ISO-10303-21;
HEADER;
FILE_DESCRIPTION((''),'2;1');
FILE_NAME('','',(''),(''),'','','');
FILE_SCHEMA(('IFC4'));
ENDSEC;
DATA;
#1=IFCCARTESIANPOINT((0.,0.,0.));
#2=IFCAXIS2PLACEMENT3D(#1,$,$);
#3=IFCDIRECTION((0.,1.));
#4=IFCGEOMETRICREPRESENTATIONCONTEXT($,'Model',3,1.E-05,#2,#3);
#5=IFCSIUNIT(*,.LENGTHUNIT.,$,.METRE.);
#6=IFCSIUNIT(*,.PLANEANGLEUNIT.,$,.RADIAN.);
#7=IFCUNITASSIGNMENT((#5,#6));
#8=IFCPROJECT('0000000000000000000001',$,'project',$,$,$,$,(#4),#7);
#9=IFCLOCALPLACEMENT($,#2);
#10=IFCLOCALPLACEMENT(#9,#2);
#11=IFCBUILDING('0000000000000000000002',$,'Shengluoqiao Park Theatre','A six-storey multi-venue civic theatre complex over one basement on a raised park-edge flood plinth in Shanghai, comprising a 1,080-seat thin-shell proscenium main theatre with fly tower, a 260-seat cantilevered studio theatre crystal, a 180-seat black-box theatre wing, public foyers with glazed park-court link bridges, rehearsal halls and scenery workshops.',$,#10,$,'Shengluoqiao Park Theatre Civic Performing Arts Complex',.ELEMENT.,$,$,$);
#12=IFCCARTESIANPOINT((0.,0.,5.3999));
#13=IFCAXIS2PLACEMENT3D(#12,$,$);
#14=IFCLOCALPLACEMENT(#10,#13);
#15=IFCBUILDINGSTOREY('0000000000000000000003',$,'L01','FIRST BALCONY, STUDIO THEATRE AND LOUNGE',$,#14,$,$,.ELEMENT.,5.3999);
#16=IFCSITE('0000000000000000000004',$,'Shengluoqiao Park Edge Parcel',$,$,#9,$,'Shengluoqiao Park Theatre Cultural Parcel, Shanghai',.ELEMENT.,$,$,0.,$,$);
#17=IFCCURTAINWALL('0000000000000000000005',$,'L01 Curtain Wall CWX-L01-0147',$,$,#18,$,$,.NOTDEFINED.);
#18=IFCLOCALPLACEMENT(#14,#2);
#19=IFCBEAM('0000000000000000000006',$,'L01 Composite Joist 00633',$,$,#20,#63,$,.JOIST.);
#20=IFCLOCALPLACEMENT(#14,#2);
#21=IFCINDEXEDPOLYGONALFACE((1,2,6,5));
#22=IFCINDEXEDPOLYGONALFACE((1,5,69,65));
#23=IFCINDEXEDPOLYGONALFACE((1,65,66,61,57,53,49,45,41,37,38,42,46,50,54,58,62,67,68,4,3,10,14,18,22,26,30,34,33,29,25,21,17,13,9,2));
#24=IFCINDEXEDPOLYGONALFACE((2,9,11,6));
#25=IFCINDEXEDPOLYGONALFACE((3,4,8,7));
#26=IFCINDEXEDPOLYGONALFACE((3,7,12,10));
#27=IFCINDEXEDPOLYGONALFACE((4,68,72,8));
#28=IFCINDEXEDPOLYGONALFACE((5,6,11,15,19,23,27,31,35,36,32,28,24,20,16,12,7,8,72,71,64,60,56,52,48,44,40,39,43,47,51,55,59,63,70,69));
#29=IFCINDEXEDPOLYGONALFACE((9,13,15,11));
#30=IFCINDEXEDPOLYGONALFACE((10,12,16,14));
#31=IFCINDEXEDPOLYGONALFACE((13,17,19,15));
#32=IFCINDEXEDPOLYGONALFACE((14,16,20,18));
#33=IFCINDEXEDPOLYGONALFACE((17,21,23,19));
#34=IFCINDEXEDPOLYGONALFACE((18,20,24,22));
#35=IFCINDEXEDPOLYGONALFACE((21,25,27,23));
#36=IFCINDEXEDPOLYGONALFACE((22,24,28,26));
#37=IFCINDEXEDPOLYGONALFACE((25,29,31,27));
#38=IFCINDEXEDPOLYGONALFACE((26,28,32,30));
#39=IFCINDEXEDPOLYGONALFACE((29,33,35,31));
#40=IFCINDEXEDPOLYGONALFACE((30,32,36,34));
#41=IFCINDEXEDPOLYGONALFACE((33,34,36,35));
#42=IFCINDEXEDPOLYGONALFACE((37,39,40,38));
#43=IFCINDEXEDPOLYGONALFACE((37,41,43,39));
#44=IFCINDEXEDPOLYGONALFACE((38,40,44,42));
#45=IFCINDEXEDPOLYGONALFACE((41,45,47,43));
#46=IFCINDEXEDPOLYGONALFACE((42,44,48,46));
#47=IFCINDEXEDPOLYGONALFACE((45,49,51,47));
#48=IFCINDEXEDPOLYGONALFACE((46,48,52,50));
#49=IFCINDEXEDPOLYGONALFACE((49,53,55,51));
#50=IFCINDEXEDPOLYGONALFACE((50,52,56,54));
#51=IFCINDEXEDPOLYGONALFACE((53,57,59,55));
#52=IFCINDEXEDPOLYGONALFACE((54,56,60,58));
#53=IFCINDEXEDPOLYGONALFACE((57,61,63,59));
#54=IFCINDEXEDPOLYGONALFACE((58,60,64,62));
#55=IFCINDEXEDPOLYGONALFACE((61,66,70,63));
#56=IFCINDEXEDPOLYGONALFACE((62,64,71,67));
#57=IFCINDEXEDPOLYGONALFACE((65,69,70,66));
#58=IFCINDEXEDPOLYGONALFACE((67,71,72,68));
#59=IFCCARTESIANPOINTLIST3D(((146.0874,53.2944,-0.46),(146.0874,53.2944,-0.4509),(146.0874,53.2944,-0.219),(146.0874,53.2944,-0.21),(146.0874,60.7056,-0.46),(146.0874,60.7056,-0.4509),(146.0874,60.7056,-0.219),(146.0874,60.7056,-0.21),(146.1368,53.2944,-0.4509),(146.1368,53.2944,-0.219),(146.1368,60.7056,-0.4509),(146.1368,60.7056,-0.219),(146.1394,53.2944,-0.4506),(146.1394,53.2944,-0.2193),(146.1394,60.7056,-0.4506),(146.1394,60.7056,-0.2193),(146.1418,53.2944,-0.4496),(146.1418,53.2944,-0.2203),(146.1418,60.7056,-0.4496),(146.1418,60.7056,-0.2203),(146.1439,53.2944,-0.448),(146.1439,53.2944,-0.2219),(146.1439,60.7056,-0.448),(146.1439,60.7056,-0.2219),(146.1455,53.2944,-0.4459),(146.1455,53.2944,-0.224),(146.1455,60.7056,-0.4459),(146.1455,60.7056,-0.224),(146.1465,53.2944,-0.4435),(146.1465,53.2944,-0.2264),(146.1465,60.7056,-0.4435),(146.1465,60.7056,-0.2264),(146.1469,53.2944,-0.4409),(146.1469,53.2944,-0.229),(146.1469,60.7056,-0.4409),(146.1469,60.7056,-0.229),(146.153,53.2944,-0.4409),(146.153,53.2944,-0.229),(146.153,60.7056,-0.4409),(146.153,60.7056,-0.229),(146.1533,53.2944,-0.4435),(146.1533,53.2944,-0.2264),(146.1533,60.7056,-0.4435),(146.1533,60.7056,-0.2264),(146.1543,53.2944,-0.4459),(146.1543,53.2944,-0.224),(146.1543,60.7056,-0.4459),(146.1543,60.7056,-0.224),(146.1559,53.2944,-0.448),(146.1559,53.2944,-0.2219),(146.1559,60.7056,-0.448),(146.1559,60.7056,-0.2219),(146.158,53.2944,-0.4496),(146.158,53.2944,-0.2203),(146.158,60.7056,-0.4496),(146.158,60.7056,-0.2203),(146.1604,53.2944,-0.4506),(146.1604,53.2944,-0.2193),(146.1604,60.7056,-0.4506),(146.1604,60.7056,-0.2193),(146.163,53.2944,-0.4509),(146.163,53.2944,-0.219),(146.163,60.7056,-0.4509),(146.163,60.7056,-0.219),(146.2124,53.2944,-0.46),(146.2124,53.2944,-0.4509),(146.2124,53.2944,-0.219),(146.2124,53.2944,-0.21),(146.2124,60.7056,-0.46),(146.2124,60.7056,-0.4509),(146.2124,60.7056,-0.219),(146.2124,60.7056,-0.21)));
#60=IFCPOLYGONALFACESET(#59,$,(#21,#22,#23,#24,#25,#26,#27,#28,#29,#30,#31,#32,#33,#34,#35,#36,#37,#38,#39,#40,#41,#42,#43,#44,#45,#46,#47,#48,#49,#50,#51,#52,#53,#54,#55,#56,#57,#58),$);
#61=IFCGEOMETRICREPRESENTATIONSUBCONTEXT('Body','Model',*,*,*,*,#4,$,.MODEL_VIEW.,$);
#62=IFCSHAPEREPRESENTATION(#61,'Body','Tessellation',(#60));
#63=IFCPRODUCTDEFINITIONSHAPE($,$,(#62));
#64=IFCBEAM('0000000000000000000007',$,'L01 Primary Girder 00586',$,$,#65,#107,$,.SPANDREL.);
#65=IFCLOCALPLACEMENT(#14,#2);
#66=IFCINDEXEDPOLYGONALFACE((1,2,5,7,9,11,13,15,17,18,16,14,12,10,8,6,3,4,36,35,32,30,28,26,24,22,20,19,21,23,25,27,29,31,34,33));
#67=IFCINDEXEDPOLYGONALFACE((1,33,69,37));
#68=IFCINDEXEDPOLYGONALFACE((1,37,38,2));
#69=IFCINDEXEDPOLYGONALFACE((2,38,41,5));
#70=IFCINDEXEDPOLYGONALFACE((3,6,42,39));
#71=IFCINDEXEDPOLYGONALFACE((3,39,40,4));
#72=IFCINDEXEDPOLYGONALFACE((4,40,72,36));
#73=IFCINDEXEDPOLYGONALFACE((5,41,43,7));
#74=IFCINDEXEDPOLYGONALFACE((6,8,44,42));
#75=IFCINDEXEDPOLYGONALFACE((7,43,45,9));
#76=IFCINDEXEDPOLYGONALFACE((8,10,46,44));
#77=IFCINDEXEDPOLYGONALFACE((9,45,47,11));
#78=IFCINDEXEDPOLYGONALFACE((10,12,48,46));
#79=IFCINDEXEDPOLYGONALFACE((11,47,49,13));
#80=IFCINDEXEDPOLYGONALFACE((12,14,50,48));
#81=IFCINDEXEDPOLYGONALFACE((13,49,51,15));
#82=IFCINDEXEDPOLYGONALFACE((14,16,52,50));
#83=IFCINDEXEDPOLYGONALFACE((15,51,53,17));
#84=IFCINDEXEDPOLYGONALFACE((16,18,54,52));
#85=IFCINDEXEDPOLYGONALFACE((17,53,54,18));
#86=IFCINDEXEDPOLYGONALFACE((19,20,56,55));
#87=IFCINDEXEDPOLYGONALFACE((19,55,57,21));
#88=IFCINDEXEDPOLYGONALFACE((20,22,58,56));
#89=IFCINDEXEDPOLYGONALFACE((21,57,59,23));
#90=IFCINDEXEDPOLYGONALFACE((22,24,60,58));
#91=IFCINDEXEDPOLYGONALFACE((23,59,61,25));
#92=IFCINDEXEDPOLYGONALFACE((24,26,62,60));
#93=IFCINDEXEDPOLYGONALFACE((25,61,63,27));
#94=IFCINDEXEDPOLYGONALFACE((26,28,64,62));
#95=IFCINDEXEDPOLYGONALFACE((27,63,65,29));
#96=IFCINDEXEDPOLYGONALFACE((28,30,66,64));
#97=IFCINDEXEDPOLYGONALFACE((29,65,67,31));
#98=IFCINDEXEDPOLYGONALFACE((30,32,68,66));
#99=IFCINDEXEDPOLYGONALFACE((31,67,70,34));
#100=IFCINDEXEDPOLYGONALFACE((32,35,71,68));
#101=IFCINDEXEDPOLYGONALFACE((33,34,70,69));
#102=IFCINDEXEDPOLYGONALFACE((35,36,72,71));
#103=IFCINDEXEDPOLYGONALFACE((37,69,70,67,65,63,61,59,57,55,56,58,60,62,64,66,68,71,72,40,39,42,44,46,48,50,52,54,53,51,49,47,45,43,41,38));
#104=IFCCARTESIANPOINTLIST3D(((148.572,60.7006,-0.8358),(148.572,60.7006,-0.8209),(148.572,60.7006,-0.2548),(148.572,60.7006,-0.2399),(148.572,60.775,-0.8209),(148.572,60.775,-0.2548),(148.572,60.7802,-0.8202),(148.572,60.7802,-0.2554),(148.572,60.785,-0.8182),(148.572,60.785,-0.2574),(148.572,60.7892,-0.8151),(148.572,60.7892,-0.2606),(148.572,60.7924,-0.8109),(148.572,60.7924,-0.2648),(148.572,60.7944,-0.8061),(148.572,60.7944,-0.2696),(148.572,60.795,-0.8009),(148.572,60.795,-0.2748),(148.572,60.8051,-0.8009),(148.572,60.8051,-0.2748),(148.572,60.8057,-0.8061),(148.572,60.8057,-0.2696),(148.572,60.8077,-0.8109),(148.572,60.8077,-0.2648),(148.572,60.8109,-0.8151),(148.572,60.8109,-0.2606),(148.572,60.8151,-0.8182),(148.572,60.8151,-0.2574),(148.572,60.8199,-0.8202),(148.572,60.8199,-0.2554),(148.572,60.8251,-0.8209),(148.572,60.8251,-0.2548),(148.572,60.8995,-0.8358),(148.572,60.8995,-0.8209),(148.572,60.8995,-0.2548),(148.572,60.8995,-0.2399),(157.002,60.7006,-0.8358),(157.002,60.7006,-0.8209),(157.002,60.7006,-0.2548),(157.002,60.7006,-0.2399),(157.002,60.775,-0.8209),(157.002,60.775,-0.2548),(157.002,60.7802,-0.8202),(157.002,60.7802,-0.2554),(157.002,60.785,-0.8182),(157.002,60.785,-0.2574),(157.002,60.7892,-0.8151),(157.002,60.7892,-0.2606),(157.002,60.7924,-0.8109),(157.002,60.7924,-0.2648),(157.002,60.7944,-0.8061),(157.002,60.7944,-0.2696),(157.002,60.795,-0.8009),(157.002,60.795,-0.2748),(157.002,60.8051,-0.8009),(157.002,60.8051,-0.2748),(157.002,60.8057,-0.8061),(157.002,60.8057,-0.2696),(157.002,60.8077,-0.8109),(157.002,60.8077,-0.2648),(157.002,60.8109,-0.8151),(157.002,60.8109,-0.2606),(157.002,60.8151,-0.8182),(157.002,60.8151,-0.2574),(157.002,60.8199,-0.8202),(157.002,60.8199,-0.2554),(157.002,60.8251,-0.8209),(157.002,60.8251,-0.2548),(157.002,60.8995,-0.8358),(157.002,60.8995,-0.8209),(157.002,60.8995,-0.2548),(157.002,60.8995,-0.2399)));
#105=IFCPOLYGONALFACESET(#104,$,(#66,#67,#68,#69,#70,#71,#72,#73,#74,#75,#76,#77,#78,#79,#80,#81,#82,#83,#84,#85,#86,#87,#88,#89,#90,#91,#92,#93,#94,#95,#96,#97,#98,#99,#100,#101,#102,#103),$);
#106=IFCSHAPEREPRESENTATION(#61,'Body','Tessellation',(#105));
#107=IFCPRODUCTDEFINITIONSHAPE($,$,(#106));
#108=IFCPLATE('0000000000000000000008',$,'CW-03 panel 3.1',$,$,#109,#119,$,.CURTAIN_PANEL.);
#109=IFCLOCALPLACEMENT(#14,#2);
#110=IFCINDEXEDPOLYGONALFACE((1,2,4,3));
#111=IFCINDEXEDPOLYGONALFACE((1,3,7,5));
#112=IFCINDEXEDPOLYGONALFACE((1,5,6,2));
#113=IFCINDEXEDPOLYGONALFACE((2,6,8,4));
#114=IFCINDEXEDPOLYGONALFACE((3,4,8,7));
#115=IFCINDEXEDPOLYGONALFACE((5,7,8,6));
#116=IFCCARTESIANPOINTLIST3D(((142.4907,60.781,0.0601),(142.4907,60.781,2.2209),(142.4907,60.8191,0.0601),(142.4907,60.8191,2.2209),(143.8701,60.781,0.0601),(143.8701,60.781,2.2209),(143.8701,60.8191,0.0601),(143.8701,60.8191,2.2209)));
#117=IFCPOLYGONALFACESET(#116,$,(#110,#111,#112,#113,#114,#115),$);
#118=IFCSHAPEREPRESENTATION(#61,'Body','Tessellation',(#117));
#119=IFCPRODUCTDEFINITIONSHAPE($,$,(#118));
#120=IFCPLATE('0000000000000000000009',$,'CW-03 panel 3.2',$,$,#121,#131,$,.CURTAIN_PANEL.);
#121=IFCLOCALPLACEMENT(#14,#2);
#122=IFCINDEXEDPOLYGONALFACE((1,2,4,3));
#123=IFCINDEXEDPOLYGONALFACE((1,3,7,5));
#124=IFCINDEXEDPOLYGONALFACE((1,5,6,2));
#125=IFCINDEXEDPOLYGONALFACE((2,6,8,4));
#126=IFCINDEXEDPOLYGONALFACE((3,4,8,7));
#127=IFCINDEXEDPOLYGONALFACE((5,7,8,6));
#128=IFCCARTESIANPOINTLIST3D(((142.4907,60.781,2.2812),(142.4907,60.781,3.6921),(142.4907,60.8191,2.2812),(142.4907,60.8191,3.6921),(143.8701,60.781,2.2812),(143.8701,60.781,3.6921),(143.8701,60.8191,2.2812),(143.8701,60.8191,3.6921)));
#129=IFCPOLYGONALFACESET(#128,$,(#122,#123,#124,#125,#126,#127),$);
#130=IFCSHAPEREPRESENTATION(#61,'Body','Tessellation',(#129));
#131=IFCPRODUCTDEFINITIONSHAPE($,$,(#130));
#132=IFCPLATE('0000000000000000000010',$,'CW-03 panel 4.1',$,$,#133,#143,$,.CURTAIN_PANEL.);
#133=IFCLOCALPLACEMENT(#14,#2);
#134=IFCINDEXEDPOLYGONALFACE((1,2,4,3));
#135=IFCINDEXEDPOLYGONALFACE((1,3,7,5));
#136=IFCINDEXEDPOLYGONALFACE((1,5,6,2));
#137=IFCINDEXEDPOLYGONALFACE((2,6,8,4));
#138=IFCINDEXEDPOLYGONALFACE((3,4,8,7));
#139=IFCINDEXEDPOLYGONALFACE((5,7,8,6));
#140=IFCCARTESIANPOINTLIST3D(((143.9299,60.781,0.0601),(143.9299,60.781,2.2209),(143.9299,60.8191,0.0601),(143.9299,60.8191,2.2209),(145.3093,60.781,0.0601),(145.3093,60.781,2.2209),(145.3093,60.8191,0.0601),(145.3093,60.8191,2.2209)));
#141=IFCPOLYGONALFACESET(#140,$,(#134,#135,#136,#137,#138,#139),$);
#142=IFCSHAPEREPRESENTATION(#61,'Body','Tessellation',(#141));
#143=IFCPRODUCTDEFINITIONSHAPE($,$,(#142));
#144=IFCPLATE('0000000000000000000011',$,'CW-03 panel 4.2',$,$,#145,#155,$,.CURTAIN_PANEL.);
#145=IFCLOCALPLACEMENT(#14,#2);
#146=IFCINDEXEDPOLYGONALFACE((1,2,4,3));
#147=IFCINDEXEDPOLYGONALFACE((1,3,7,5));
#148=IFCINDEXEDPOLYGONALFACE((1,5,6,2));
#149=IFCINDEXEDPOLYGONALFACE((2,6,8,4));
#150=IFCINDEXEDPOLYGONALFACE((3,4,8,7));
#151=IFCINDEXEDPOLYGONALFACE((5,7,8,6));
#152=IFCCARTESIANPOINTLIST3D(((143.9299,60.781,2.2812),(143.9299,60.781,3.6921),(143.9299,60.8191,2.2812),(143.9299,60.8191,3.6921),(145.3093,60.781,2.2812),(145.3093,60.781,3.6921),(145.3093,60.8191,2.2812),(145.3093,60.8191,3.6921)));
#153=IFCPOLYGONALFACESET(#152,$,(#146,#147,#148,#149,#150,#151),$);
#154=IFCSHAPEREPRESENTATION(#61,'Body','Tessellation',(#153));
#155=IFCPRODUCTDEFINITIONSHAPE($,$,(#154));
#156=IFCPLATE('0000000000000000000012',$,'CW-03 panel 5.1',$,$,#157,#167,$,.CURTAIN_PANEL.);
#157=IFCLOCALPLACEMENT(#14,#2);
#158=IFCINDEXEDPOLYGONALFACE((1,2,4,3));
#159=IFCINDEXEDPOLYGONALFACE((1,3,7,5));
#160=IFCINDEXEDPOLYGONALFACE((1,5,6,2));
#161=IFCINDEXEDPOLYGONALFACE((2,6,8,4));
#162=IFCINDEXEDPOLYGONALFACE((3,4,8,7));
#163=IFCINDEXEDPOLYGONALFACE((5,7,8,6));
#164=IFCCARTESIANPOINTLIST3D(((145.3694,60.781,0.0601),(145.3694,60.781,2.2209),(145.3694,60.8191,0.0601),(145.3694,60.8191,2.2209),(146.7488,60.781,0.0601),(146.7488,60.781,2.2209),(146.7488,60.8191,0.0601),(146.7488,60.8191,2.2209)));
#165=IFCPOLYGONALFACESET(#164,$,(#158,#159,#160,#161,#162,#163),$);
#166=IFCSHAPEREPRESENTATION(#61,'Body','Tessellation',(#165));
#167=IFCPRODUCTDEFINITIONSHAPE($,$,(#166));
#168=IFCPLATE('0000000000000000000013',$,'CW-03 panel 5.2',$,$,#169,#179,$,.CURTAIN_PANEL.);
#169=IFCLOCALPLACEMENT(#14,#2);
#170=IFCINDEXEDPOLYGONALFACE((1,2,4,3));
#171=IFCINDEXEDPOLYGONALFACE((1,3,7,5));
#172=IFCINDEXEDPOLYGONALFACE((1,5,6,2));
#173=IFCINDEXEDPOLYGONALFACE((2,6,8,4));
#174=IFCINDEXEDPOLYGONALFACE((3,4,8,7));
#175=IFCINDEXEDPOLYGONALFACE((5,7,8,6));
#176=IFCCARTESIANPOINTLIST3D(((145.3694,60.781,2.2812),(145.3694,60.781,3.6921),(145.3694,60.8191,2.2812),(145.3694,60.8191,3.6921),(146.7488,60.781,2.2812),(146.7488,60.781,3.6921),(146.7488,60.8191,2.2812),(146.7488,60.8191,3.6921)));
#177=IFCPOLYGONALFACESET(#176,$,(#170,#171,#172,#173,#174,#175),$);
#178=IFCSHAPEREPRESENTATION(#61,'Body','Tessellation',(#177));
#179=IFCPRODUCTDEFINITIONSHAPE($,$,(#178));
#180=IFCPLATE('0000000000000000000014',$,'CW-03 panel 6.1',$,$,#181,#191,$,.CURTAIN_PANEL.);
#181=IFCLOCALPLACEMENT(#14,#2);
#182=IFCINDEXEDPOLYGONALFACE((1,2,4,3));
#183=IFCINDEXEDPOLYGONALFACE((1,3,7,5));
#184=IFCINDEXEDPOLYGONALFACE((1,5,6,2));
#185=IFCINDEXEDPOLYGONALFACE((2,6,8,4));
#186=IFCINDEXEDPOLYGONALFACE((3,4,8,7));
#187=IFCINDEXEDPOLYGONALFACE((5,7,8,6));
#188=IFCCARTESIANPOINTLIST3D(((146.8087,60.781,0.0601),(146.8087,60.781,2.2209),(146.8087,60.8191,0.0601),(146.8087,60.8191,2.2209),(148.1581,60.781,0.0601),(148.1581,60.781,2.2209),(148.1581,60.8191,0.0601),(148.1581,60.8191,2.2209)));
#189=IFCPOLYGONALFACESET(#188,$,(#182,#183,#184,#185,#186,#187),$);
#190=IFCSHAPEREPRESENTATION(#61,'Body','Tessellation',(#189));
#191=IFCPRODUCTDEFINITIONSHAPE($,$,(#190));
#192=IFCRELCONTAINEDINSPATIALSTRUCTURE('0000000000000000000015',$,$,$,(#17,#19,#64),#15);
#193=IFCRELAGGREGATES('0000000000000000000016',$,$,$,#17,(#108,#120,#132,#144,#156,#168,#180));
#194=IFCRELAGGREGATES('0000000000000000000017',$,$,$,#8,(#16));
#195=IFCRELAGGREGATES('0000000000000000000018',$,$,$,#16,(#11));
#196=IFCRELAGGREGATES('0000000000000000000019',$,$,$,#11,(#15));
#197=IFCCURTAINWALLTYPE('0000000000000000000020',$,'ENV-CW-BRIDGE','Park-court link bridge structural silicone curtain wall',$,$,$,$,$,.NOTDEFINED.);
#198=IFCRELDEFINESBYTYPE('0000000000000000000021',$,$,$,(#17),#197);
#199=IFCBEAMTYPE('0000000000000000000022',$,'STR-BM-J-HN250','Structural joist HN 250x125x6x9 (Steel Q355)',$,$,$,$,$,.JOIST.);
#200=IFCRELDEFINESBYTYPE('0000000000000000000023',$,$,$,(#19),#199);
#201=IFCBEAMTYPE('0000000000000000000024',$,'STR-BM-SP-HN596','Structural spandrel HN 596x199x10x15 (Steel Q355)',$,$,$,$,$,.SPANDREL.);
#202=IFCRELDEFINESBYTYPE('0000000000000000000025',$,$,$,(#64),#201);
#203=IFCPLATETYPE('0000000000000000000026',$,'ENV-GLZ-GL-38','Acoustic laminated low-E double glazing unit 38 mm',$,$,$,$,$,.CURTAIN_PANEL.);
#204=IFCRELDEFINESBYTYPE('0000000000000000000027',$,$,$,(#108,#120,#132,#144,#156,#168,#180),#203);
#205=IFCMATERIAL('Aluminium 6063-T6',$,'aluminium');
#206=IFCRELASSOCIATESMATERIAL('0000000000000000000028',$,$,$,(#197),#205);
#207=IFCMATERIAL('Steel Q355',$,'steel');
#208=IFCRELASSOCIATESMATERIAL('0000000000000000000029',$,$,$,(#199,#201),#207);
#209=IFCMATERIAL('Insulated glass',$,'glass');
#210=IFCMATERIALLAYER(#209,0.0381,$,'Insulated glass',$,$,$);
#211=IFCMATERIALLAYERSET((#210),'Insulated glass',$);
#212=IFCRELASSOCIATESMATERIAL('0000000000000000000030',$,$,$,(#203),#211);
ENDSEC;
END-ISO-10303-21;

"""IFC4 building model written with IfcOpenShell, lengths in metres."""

from ifc_helpers import new_model, si_unit, direction, frame, origin, origin_2d, place, context, subcontext, project, spatial, rectangle, i_section, extrude, material, layer, layer_set, material_profile, profile_set, type_object, element, aggregate, save


model = new_model("IFC4")

# Units and contexts
model_context = context("Model", 3, precision=1e-05, world=origin(), true_north=direction((0.0, 1.0)))
body_context = subcontext(model_context, "Body", "Model", "MODEL_VIEW")
ifc_project = project(units=[si_unit("LENGTHUNIT", "METRE"), si_unit("PLANEANGLEUNIT", "RADIAN")], contexts=[model_context])

# Site, building, storey
site_placement = place(None, origin())
site = spatial("IfcSite", under=ifc_project, at=site_placement, Name="Shengluoqiao Park Edge Parcel", LongName="Shengluoqiao Park Theatre Cultural Parcel, Shanghai", CompositionType="ELEMENT", RefElevation=0.0)
building_placement = place(site_placement, origin())
building = spatial("IfcBuilding", under=site, at=building_placement, Name="Shengluoqiao Park Theatre", Description="A six-storey multi-venue civic theatre complex over one basement on a raised park-edge flood plinth in Shanghai, comprising a 1,080-seat thin-shell proscenium main theatre with fly tower, a 260-seat cantilevered studio theatre crystal, a 180-seat black-box theatre wing, public foyers with glazed park-court link bridges, rehearsal halls and scenery workshops.", LongName="Shengluoqiao Park Theatre Civic Performing Arts Complex", CompositionType="ELEMENT")
storey_placement = place(building_placement, frame((0.0, 0.0, 5.3999)))
storey = spatial("IfcBuildingStorey", under=building, at=storey_placement, Name="L01", Description="FIRST BALCONY, STUDIO THEATRE AND LOUNGE", CompositionType="ELEMENT", Elevation=5.3999)

# Shared definitions
ifc_material_1 = material(Name="Steel Q355", Category="steel")

# Curtain wall
ifc_material_2 = material(Name="Aluminium 6063-T6", Category="aluminium")
curtain_wall_type = type_object("IfcCurtainWallType", Name="ENV-CW-BRIDGE", Description="Park-court link bridge structural silicone curtain wall", PredefinedType="NOTDEFINED", material=ifc_material_2)
curtain_wall_1_placement = place(storey_placement, origin())
curtain_wall_1 = element("IfcCurtainWall", 1, at=curtain_wall_1_placement, inside=storey, type_object=curtain_wall_type, Name="L01 Curtain Wall CWX-L01-0147", PredefinedType="NOTDEFINED")

# Beams
ifc_material_profile_1 = material_profile(ifc_material_1, i_section(OverallWidth=0.125, OverallDepth=0.25, WebThickness=0.0061, FlangeThickness=0.009, FilletRadius=0.01, at=origin_2d()), Name="HN 250x125x6x9")
ifc_profile_set_1 = profile_set([ifc_material_profile_1], Name="Steel Q355")
beam_type_1 = type_object("IfcBeamType", Name="STR-BM-J-HN250", Description="Structural joist HN 250x125x6x9 (Steel Q355)", PredefinedType="JOIST", material=ifc_profile_set_1)
beam_1_placement = place(storey_placement, frame((146.1499, 53.2944, -0.335), z_axis=(0.0, 1.0, 0.0), x_axis=(-1.0, 0.0, 0.0)))
element("IfcBeam", 2, at=beam_1_placement, inside=storey, type_object=beam_type_1, Name="L01 Composite Joist 00633", PredefinedType="JOIST", context=body_context, shape_type="SweptSolid", body=[
    extrude(i_section(OverallWidth=0.125, OverallDepth=0.25, WebThickness=0.0061, FlangeThickness=0.009, FilletRadius=0.01, at=origin_2d()), origin(), (0.0, 0.0, 1.0), 7.4111),
])
ifc_material_profile_2 = material_profile(ifc_material_1, i_section(OverallWidth=0.199, OverallDepth=0.5959, WebThickness=0.01, FlangeThickness=0.0149, FilletRadius=0.02, at=origin_2d()), Name="HN 596x199x10x15")
ifc_profile_set_2 = profile_set([ifc_material_profile_2], Name="Steel Q355")
beam_type_2 = type_object("IfcBeamType", Name="STR-BM-SP-HN596", Description="Structural spandrel HN 596x199x10x15 (Steel Q355)", PredefinedType="SPANDREL", material=ifc_profile_set_2)
beam_2_placement = place(storey_placement, frame((148.572, 60.8, -0.5378), z_axis=(1.0, 0.0, 0.0), x_axis=(0.0, 1.0, 0.0)))
element("IfcBeam", 3, at=beam_2_placement, inside=storey, type_object=beam_type_2, Name="L01 Primary Girder 00586", PredefinedType="SPANDREL", context=body_context, shape_type="SweptSolid", body=[
    extrude(i_section(OverallWidth=0.199, OverallDepth=0.5959, WebThickness=0.01, FlangeThickness=0.0149, FilletRadius=0.02, at=origin_2d()), origin(), (0.0, 0.0, 1.0), 8.4299),
])

# Plates
ifc_material_3 = material(Name="Insulated glass", Category="glass")
ifc_layer_1 = layer(ifc_material_3, 0.0381, Name="Insulated glass")
ifc_layer_set_1 = layer_set([ifc_layer_1], Name="Insulated glass")
plate_type_1 = type_object("IfcPlateType", Name="ENV-GLZ-GL-38", Description="Acoustic laminated low-E double glazing unit 38 mm", PredefinedType="CURTAIN_PANEL", material=ifc_layer_set_1)
plate_1_placement = place(storey_placement, frame((143.1804, 60.8, 0.0601), z_axis=(0.0, 0.0, 1.0), x_axis=(1.0, 0.0, 0.0)))
plate_1 = element("IfcPlate", 4, at=plate_1_placement, type_object=plate_type_1, Name="CW-03 panel 3.1", PredefinedType="CURTAIN_PANEL", context=body_context, shape_type="SweptSolid", body=[
    extrude(rectangle(XDim=1.3794, YDim=0.0381, at=origin_2d()), origin(), (0.0, 0.0, 1.0), 2.1609),
])
plate_2_placement = place(storey_placement, frame((143.1804, 60.8, 2.2812), z_axis=(0.0, 0.0, 1.0), x_axis=(1.0, 0.0, 0.0)))
plate_2 = element("IfcPlate", 5, at=plate_2_placement, type_object=plate_type_1, Name="CW-03 panel 3.2", PredefinedType="CURTAIN_PANEL", context=body_context, shape_type="SweptSolid", body=[
    extrude(rectangle(XDim=1.3794, YDim=0.0381, at=origin_2d()), origin(), (0.0, 0.0, 1.0), 1.4109),
])
plate_3_placement = place(storey_placement, frame((144.6196, 60.8, 0.0601), z_axis=(0.0, 0.0, 1.0), x_axis=(1.0, 0.0, 0.0)))
plate_3 = element("IfcPlate", 6, at=plate_3_placement, type_object=plate_type_1, Name="CW-03 panel 4.1", PredefinedType="CURTAIN_PANEL", context=body_context, shape_type="SweptSolid", body=[
    extrude(rectangle(XDim=1.3794, YDim=0.0381, at=origin_2d()), origin(), (0.0, 0.0, 1.0), 2.1609),
])
plate_4_placement = place(storey_placement, frame((144.6196, 60.8, 2.2812), z_axis=(0.0, 0.0, 1.0), x_axis=(1.0, 0.0, 0.0)))
plate_4 = element("IfcPlate", 7, at=plate_4_placement, type_object=plate_type_1, Name="CW-03 panel 4.2", PredefinedType="CURTAIN_PANEL", context=body_context, shape_type="SweptSolid", body=[
    extrude(rectangle(XDim=1.3794, YDim=0.0381, at=origin_2d()), origin(), (0.0, 0.0, 1.0), 1.4109),
])
plate_5_placement = place(storey_placement, frame((146.0591, 60.8, 0.0601), z_axis=(0.0, 0.0, 1.0), x_axis=(1.0, 0.0, 0.0)))
plate_5 = element("IfcPlate", 8, at=plate_5_placement, type_object=plate_type_1, Name="CW-03 panel 5.1", PredefinedType="CURTAIN_PANEL", context=body_context, shape_type="SweptSolid", body=[
    extrude(rectangle(XDim=1.3794, YDim=0.0381, at=origin_2d()), origin(), (0.0, 0.0, 1.0), 2.1609),
])
plate_6_placement = place(storey_placement, frame((146.0591, 60.8, 2.2812), z_axis=(0.0, 0.0, 1.0), x_axis=(1.0, 0.0, 0.0)))
plate_6 = element("IfcPlate", 9, at=plate_6_placement, type_object=plate_type_1, Name="CW-03 panel 5.2", PredefinedType="CURTAIN_PANEL", context=body_context, shape_type="SweptSolid", body=[
    extrude(rectangle(XDim=1.3794, YDim=0.0381, at=origin_2d()), origin(), (0.0, 0.0, 1.0), 1.4109),
])
plate_7_placement = place(storey_placement, frame((147.4834, 60.8, 0.0601), z_axis=(0.0, 0.0, 1.0), x_axis=(1.0, 0.0, 0.0)))
plate_7 = element("IfcPlate", 10, at=plate_7_placement, type_object=plate_type_1, Name="CW-03 panel 6.1", PredefinedType="CURTAIN_PANEL", context=body_context, shape_type="SweptSolid", body=[
    extrude(rectangle(XDim=1.3494, YDim=0.0381, at=origin_2d()), origin(), (0.0, 0.0, 1.0), 2.1609),
])
aggregate(curtain_wall_1, [plate_1, plate_2, plate_3, plate_4, plate_5, plate_6, plate_7])

save(model, "model.ifc")
